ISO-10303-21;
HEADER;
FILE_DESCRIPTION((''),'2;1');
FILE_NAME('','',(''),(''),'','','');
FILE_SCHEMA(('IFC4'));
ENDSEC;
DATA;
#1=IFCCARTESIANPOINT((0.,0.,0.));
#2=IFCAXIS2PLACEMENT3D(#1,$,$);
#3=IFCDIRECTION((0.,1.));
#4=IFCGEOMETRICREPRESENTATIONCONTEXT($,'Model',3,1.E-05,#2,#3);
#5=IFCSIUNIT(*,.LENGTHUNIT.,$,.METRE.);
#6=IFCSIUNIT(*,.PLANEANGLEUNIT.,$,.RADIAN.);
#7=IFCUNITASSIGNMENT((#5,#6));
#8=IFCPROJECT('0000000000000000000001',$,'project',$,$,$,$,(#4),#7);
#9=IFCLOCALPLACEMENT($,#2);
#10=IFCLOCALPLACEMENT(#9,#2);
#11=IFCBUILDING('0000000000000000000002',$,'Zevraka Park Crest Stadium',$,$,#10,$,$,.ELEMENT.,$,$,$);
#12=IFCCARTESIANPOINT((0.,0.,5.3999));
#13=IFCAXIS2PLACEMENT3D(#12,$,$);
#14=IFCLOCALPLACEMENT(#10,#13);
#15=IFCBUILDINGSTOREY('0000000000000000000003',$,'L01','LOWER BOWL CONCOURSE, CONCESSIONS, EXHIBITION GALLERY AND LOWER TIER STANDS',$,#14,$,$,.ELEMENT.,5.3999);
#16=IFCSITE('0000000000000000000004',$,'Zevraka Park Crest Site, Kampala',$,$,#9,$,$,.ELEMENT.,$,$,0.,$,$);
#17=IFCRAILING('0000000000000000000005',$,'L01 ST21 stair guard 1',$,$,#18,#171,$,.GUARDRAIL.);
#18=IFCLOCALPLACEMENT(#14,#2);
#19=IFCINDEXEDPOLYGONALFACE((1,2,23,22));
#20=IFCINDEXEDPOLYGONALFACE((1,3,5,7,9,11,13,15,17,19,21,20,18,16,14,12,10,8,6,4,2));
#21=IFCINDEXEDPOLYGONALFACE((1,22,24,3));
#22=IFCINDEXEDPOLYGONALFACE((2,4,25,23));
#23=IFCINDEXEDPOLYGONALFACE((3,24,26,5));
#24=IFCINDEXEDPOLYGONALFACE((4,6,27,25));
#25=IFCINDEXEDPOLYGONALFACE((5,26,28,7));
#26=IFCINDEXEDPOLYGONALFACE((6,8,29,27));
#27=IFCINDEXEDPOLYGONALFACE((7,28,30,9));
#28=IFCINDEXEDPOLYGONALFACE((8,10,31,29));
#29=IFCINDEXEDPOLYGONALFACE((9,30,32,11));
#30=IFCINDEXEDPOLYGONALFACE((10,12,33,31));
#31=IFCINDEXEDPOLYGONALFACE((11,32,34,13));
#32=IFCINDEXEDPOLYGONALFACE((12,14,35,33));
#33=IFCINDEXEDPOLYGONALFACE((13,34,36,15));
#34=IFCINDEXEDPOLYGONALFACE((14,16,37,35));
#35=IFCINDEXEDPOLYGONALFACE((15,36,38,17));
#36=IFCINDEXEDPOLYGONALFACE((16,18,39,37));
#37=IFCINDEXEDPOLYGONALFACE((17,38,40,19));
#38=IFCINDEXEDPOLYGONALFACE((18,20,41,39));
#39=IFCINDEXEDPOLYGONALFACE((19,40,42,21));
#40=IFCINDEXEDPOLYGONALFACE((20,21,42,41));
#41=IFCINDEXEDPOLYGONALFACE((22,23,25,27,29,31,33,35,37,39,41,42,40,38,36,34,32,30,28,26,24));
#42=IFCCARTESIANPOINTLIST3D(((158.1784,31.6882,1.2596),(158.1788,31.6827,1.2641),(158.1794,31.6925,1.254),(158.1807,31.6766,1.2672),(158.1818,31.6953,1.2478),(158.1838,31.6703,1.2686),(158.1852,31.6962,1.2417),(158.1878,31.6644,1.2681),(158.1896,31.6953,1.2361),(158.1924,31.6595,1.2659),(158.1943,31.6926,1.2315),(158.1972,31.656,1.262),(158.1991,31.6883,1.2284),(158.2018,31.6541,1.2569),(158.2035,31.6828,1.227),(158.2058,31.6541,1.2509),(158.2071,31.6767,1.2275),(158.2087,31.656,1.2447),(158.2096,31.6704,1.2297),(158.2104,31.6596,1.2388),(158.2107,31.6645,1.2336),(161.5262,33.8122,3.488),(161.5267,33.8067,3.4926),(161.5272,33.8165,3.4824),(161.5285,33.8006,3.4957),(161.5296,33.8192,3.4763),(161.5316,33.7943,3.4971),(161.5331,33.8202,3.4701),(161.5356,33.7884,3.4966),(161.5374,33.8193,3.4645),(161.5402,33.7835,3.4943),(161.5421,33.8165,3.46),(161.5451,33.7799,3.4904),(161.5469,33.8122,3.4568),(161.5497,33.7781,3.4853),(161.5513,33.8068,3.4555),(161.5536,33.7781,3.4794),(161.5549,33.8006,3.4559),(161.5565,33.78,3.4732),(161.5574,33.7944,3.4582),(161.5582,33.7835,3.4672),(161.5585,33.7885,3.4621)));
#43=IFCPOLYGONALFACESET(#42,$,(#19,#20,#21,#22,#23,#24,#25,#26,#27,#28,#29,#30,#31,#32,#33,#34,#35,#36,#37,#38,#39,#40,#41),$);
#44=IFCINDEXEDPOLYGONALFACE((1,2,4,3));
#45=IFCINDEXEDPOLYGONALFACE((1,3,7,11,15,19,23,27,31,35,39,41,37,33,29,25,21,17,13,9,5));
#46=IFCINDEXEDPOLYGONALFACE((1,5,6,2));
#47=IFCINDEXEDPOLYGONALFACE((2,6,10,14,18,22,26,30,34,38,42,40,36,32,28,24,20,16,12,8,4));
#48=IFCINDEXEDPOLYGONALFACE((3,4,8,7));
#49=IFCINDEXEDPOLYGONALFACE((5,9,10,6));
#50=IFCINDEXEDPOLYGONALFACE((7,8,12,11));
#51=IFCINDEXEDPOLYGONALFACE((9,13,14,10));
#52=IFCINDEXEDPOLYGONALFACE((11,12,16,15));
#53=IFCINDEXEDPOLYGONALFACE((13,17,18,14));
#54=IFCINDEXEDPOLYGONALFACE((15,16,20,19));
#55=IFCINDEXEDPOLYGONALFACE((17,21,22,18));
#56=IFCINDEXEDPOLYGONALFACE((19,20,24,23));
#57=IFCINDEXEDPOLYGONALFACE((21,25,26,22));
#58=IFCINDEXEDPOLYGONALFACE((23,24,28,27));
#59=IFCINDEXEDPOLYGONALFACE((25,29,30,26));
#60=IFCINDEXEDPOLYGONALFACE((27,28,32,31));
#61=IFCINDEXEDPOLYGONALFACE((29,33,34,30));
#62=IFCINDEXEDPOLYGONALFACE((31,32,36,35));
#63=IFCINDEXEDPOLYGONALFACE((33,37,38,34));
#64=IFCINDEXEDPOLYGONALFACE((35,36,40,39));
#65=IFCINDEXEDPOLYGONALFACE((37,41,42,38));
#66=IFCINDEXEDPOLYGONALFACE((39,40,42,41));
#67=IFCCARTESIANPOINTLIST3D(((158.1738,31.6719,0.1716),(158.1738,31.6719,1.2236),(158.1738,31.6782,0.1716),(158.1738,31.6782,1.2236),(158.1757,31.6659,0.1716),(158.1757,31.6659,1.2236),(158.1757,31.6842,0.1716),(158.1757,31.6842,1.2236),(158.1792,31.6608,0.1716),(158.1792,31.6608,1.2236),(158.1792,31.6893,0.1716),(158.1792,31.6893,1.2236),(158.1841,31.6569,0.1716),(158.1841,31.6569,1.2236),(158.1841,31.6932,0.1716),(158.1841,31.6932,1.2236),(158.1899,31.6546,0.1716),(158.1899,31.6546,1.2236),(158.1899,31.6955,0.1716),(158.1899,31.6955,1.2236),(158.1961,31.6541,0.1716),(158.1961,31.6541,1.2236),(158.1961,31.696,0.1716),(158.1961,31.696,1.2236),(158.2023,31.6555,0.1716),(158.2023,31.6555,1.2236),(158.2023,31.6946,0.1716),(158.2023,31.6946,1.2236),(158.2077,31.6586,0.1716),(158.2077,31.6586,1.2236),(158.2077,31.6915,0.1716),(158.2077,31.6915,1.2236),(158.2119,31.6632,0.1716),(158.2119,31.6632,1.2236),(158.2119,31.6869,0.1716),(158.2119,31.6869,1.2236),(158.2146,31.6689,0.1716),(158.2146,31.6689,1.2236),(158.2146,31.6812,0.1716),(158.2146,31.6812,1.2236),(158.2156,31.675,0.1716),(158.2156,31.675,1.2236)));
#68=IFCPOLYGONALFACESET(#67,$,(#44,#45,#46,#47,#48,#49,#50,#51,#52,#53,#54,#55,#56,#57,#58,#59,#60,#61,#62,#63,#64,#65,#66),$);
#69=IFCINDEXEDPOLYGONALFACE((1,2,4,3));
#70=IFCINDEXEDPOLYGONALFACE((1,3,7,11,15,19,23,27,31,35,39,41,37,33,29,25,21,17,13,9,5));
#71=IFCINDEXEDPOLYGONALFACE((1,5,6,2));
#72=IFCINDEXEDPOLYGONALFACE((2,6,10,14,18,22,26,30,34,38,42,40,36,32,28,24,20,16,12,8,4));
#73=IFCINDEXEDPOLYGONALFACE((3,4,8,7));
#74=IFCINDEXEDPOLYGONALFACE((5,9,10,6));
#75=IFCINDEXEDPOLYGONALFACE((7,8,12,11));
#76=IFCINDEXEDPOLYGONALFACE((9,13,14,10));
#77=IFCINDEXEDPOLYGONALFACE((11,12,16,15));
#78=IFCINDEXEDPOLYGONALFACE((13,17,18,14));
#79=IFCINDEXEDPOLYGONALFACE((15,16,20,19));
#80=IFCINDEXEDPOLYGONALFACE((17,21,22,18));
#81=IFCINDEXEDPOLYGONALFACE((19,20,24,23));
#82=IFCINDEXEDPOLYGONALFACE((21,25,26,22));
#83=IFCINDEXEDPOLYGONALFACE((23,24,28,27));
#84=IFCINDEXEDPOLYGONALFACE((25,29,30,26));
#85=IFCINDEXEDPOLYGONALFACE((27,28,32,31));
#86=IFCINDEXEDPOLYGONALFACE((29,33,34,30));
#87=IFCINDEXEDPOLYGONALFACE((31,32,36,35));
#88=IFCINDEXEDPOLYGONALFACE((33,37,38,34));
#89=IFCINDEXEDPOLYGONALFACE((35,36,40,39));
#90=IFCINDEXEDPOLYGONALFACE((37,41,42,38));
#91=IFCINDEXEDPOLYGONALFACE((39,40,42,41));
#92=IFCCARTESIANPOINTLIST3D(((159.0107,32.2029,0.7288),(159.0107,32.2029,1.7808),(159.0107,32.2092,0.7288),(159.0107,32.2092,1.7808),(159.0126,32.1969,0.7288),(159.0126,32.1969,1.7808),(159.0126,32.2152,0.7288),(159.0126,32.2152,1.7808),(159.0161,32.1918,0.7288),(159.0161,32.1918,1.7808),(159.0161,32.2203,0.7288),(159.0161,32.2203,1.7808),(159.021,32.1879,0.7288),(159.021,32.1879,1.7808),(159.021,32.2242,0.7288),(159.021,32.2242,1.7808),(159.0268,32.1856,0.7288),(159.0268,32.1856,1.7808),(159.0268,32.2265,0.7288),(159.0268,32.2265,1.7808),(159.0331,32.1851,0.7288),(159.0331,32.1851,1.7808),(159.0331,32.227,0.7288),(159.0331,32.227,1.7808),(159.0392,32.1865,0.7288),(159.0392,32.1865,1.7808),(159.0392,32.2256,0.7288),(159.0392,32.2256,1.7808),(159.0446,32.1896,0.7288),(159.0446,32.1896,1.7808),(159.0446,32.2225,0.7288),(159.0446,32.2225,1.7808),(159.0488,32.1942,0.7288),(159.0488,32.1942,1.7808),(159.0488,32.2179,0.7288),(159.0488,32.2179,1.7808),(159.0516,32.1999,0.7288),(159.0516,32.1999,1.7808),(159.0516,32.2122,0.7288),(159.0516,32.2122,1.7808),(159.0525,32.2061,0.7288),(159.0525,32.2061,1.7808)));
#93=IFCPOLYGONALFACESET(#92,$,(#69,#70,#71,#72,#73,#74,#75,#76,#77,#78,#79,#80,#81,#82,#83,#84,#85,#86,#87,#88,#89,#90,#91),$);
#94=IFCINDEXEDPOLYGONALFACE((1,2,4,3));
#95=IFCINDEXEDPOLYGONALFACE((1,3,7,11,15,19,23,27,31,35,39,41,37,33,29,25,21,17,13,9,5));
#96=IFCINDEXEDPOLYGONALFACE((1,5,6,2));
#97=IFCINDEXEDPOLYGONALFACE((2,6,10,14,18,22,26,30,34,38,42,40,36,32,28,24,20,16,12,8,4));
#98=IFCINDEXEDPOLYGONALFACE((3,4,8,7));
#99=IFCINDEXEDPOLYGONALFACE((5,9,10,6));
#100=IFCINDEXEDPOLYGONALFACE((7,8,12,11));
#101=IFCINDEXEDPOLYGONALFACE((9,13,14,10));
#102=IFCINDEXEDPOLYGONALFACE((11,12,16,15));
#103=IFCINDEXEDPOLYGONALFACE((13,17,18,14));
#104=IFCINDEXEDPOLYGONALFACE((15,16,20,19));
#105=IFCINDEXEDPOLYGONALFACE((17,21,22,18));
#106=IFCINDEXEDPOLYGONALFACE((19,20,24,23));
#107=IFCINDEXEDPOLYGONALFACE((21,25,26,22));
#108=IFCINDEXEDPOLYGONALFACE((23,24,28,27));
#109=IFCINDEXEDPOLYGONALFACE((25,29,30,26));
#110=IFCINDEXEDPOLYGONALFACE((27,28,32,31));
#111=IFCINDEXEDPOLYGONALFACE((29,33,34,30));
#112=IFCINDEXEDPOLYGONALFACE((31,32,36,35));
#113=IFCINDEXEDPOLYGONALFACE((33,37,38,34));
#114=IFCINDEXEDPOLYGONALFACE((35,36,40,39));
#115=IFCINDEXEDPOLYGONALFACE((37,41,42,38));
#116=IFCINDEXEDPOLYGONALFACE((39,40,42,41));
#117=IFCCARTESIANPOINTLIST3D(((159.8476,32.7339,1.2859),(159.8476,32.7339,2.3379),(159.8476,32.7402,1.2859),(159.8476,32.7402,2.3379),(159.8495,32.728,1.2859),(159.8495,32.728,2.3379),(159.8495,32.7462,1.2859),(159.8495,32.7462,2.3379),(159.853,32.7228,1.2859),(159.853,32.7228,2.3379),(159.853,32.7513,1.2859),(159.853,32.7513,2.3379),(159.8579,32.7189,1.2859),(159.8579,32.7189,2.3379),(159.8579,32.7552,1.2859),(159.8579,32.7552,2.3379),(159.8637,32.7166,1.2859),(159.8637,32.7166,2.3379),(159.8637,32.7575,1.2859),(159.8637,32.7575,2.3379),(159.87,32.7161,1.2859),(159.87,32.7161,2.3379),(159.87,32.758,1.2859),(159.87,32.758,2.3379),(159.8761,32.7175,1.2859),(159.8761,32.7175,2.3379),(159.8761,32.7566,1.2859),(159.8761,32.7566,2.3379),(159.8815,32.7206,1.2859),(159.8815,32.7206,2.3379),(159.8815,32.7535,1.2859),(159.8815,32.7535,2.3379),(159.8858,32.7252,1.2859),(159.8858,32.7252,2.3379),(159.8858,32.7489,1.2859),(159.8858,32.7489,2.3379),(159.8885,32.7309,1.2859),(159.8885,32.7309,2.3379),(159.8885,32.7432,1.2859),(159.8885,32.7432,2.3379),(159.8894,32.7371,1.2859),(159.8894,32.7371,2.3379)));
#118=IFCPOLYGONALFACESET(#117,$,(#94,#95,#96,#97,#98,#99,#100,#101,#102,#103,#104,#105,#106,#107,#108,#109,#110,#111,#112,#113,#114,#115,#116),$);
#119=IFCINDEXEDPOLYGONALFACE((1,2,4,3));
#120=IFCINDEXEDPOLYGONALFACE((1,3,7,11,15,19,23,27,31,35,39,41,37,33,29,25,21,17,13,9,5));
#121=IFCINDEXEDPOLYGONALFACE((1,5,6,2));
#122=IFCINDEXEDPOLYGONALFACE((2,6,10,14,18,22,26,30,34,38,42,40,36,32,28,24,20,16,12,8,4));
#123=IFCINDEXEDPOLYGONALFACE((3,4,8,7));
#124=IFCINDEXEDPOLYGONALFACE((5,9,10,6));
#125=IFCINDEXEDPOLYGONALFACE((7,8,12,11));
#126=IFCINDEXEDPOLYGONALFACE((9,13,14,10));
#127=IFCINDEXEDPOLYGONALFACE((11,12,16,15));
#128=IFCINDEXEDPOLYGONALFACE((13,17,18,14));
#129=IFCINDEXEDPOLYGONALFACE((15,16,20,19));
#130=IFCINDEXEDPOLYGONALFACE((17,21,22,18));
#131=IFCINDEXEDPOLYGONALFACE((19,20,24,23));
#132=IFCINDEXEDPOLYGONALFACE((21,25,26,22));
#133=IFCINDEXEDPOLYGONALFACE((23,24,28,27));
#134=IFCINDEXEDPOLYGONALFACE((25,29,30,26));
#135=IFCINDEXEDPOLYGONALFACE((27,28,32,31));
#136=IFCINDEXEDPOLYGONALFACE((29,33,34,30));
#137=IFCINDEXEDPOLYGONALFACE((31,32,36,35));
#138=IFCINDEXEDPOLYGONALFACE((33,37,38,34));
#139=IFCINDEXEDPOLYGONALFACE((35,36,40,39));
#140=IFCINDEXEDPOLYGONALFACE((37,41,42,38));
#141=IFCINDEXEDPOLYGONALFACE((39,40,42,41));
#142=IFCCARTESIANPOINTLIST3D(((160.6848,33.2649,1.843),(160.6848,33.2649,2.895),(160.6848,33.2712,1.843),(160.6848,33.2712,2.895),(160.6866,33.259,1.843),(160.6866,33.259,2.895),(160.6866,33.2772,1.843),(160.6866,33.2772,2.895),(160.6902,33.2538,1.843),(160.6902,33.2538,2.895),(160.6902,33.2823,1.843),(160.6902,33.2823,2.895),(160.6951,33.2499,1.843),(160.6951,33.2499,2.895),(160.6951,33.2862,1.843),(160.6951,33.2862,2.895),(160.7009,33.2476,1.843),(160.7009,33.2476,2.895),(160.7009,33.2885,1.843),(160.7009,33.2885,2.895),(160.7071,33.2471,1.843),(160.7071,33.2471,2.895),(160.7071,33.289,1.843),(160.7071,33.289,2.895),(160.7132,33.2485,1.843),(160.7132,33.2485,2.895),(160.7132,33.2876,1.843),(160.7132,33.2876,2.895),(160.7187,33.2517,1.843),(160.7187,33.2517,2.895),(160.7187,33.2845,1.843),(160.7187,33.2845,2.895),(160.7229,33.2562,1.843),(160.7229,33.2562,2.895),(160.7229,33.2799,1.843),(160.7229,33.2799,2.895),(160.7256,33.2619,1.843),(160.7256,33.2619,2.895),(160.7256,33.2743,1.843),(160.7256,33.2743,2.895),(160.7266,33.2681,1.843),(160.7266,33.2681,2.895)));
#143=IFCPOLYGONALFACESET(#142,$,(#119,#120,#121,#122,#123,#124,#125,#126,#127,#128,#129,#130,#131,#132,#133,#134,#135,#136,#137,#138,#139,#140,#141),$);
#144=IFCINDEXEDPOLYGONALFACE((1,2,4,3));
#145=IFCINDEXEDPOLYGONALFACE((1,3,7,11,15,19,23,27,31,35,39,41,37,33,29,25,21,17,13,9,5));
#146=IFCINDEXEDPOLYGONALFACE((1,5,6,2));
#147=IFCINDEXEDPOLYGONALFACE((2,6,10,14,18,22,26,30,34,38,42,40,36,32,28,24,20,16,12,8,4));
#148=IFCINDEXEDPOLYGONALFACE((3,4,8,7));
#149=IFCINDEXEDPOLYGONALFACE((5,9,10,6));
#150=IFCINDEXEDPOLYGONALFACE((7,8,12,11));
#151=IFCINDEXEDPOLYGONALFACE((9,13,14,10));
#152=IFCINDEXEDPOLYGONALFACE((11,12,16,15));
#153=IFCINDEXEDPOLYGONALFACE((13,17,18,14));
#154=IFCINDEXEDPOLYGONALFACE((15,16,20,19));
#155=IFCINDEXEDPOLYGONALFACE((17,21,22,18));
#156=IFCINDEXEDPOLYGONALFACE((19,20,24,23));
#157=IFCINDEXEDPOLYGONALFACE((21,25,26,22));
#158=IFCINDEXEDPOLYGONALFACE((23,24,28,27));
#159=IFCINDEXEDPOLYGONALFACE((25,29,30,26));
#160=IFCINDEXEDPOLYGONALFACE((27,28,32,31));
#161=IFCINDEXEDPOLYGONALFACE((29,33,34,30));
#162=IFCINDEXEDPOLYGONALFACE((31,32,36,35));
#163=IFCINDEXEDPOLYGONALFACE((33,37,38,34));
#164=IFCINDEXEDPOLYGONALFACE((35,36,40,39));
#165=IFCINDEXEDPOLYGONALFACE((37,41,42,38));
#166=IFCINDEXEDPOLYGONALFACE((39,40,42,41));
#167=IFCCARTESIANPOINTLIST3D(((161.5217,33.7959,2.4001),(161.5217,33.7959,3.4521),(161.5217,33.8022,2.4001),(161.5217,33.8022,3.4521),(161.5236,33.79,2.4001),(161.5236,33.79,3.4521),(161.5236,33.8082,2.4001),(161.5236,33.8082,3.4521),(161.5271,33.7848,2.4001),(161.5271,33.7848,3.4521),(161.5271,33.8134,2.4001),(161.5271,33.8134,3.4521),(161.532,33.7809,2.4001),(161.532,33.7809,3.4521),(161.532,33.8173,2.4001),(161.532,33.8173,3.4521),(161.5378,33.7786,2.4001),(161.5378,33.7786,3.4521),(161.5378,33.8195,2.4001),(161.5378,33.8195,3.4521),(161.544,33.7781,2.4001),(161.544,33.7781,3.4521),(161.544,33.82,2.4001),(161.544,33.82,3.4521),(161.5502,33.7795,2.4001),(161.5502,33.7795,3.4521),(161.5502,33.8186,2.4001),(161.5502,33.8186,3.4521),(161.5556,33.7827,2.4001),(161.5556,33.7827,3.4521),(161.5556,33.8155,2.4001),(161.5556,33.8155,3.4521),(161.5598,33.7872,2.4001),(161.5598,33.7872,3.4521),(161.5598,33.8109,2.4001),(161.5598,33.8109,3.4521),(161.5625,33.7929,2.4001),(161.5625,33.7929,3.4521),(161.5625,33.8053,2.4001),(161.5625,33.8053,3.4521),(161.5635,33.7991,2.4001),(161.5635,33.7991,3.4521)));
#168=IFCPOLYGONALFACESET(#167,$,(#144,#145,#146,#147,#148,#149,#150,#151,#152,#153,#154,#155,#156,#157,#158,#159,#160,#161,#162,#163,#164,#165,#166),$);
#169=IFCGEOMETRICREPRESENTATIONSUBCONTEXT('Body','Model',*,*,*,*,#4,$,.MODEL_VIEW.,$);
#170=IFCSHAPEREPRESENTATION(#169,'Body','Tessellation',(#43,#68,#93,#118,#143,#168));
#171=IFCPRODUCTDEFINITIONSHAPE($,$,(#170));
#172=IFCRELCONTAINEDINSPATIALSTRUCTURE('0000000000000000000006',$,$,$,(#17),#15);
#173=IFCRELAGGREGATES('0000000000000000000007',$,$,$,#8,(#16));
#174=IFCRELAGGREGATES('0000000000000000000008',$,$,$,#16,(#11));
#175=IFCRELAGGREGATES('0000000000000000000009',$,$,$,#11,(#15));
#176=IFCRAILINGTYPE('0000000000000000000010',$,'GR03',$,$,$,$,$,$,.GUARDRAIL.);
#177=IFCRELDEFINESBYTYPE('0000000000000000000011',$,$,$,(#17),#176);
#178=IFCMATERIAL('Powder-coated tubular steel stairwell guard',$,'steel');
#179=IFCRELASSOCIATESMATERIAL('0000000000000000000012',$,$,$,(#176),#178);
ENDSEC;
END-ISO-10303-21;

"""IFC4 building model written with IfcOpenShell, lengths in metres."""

from ifc_helpers import new_model, si_unit, direction, frame, origin, origin_2d, place, context, subcontext, project, spatial, circle, extrude, material, type_object, element, save


model = new_model("IFC4")

# Units and contexts
model_context = context("Model", 3, precision=1e-05, world=origin(), true_north=direction((0.0, 1.0)))
body_context = subcontext(model_context, "Body", "Model", "MODEL_VIEW")
ifc_project = project(units=[si_unit("LENGTHUNIT", "METRE"), si_unit("PLANEANGLEUNIT", "RADIAN")], contexts=[model_context])

# Site, building, storey
site_placement = place(None, origin())
site = spatial("IfcSite", under=ifc_project, at=site_placement, Name="Zevraka Park Crest Site, Kampala", CompositionType="ELEMENT", RefElevation=0.0)
building_placement = place(site_placement, origin())
building = spatial("IfcBuilding", under=site, at=building_placement, Name="Zevraka Park Crest Stadium", CompositionType="ELEMENT")
storey_placement = place(building_placement, frame((0.0, 0.0, 5.3999)))
storey = spatial("IfcBuildingStorey", under=building, at=storey_placement, Name="L01", Description="LOWER BOWL CONCOURSE, CONCESSIONS, EXHIBITION GALLERY AND LOWER TIER STANDS", CompositionType="ELEMENT", Elevation=5.3999)

# Railing
ifc_material_1 = material(Name="Powder-coated tubular steel stairwell guard", Category="steel")
railing_type_1 = type_object("IfcRailingType", Name="GR03", PredefinedType="GUARDRAIL", material=ifc_material_1)
railing_1_placement = place(storey_placement, frame((158.1946, 31.675, 0.1716)))
element("IfcRailing", 1, at=railing_1_placement, inside=storey, type_object=railing_type_1, Name="L01 ST21 stair guard 1", PredefinedType="GUARDRAIL", context=body_context, shape_type="SweptSolid", body=[
    extrude(circle(Radius=0.0239, at=origin_2d()), frame((0.0, 0.0, 1.0762), z_axis=(0.736092, 0.467002, 0.489977), x_axis=(-0.535716, 0.844399, 0.0)), (0.0, 0.0, 1.0), 4.5481),
    extrude(circle(Radius=0.021, at=origin_2d()), origin(), (0.0, 0.0, 1.0), 1.052),
    extrude(circle(Radius=0.021, at=origin_2d()), frame((0.8369, 0.531, 0.5571)), (0.0, 0.0, 1.0), 1.052),
    extrude(circle(Radius=0.021, at=origin_2d()), frame((1.6738, 1.062, 1.1143)), (0.0, 0.0, 1.0), 1.052),
    extrude(circle(Radius=0.021, at=origin_2d()), frame((2.511, 1.593, 1.6714)), (0.0, 0.0, 1.0), 1.052),
    extrude(circle(Radius=0.021, at=origin_2d()), frame((3.3479, 2.124, 2.2285)), (0.0, 0.0, 1.0), 1.052),
])

save(model, "model.ifc")
